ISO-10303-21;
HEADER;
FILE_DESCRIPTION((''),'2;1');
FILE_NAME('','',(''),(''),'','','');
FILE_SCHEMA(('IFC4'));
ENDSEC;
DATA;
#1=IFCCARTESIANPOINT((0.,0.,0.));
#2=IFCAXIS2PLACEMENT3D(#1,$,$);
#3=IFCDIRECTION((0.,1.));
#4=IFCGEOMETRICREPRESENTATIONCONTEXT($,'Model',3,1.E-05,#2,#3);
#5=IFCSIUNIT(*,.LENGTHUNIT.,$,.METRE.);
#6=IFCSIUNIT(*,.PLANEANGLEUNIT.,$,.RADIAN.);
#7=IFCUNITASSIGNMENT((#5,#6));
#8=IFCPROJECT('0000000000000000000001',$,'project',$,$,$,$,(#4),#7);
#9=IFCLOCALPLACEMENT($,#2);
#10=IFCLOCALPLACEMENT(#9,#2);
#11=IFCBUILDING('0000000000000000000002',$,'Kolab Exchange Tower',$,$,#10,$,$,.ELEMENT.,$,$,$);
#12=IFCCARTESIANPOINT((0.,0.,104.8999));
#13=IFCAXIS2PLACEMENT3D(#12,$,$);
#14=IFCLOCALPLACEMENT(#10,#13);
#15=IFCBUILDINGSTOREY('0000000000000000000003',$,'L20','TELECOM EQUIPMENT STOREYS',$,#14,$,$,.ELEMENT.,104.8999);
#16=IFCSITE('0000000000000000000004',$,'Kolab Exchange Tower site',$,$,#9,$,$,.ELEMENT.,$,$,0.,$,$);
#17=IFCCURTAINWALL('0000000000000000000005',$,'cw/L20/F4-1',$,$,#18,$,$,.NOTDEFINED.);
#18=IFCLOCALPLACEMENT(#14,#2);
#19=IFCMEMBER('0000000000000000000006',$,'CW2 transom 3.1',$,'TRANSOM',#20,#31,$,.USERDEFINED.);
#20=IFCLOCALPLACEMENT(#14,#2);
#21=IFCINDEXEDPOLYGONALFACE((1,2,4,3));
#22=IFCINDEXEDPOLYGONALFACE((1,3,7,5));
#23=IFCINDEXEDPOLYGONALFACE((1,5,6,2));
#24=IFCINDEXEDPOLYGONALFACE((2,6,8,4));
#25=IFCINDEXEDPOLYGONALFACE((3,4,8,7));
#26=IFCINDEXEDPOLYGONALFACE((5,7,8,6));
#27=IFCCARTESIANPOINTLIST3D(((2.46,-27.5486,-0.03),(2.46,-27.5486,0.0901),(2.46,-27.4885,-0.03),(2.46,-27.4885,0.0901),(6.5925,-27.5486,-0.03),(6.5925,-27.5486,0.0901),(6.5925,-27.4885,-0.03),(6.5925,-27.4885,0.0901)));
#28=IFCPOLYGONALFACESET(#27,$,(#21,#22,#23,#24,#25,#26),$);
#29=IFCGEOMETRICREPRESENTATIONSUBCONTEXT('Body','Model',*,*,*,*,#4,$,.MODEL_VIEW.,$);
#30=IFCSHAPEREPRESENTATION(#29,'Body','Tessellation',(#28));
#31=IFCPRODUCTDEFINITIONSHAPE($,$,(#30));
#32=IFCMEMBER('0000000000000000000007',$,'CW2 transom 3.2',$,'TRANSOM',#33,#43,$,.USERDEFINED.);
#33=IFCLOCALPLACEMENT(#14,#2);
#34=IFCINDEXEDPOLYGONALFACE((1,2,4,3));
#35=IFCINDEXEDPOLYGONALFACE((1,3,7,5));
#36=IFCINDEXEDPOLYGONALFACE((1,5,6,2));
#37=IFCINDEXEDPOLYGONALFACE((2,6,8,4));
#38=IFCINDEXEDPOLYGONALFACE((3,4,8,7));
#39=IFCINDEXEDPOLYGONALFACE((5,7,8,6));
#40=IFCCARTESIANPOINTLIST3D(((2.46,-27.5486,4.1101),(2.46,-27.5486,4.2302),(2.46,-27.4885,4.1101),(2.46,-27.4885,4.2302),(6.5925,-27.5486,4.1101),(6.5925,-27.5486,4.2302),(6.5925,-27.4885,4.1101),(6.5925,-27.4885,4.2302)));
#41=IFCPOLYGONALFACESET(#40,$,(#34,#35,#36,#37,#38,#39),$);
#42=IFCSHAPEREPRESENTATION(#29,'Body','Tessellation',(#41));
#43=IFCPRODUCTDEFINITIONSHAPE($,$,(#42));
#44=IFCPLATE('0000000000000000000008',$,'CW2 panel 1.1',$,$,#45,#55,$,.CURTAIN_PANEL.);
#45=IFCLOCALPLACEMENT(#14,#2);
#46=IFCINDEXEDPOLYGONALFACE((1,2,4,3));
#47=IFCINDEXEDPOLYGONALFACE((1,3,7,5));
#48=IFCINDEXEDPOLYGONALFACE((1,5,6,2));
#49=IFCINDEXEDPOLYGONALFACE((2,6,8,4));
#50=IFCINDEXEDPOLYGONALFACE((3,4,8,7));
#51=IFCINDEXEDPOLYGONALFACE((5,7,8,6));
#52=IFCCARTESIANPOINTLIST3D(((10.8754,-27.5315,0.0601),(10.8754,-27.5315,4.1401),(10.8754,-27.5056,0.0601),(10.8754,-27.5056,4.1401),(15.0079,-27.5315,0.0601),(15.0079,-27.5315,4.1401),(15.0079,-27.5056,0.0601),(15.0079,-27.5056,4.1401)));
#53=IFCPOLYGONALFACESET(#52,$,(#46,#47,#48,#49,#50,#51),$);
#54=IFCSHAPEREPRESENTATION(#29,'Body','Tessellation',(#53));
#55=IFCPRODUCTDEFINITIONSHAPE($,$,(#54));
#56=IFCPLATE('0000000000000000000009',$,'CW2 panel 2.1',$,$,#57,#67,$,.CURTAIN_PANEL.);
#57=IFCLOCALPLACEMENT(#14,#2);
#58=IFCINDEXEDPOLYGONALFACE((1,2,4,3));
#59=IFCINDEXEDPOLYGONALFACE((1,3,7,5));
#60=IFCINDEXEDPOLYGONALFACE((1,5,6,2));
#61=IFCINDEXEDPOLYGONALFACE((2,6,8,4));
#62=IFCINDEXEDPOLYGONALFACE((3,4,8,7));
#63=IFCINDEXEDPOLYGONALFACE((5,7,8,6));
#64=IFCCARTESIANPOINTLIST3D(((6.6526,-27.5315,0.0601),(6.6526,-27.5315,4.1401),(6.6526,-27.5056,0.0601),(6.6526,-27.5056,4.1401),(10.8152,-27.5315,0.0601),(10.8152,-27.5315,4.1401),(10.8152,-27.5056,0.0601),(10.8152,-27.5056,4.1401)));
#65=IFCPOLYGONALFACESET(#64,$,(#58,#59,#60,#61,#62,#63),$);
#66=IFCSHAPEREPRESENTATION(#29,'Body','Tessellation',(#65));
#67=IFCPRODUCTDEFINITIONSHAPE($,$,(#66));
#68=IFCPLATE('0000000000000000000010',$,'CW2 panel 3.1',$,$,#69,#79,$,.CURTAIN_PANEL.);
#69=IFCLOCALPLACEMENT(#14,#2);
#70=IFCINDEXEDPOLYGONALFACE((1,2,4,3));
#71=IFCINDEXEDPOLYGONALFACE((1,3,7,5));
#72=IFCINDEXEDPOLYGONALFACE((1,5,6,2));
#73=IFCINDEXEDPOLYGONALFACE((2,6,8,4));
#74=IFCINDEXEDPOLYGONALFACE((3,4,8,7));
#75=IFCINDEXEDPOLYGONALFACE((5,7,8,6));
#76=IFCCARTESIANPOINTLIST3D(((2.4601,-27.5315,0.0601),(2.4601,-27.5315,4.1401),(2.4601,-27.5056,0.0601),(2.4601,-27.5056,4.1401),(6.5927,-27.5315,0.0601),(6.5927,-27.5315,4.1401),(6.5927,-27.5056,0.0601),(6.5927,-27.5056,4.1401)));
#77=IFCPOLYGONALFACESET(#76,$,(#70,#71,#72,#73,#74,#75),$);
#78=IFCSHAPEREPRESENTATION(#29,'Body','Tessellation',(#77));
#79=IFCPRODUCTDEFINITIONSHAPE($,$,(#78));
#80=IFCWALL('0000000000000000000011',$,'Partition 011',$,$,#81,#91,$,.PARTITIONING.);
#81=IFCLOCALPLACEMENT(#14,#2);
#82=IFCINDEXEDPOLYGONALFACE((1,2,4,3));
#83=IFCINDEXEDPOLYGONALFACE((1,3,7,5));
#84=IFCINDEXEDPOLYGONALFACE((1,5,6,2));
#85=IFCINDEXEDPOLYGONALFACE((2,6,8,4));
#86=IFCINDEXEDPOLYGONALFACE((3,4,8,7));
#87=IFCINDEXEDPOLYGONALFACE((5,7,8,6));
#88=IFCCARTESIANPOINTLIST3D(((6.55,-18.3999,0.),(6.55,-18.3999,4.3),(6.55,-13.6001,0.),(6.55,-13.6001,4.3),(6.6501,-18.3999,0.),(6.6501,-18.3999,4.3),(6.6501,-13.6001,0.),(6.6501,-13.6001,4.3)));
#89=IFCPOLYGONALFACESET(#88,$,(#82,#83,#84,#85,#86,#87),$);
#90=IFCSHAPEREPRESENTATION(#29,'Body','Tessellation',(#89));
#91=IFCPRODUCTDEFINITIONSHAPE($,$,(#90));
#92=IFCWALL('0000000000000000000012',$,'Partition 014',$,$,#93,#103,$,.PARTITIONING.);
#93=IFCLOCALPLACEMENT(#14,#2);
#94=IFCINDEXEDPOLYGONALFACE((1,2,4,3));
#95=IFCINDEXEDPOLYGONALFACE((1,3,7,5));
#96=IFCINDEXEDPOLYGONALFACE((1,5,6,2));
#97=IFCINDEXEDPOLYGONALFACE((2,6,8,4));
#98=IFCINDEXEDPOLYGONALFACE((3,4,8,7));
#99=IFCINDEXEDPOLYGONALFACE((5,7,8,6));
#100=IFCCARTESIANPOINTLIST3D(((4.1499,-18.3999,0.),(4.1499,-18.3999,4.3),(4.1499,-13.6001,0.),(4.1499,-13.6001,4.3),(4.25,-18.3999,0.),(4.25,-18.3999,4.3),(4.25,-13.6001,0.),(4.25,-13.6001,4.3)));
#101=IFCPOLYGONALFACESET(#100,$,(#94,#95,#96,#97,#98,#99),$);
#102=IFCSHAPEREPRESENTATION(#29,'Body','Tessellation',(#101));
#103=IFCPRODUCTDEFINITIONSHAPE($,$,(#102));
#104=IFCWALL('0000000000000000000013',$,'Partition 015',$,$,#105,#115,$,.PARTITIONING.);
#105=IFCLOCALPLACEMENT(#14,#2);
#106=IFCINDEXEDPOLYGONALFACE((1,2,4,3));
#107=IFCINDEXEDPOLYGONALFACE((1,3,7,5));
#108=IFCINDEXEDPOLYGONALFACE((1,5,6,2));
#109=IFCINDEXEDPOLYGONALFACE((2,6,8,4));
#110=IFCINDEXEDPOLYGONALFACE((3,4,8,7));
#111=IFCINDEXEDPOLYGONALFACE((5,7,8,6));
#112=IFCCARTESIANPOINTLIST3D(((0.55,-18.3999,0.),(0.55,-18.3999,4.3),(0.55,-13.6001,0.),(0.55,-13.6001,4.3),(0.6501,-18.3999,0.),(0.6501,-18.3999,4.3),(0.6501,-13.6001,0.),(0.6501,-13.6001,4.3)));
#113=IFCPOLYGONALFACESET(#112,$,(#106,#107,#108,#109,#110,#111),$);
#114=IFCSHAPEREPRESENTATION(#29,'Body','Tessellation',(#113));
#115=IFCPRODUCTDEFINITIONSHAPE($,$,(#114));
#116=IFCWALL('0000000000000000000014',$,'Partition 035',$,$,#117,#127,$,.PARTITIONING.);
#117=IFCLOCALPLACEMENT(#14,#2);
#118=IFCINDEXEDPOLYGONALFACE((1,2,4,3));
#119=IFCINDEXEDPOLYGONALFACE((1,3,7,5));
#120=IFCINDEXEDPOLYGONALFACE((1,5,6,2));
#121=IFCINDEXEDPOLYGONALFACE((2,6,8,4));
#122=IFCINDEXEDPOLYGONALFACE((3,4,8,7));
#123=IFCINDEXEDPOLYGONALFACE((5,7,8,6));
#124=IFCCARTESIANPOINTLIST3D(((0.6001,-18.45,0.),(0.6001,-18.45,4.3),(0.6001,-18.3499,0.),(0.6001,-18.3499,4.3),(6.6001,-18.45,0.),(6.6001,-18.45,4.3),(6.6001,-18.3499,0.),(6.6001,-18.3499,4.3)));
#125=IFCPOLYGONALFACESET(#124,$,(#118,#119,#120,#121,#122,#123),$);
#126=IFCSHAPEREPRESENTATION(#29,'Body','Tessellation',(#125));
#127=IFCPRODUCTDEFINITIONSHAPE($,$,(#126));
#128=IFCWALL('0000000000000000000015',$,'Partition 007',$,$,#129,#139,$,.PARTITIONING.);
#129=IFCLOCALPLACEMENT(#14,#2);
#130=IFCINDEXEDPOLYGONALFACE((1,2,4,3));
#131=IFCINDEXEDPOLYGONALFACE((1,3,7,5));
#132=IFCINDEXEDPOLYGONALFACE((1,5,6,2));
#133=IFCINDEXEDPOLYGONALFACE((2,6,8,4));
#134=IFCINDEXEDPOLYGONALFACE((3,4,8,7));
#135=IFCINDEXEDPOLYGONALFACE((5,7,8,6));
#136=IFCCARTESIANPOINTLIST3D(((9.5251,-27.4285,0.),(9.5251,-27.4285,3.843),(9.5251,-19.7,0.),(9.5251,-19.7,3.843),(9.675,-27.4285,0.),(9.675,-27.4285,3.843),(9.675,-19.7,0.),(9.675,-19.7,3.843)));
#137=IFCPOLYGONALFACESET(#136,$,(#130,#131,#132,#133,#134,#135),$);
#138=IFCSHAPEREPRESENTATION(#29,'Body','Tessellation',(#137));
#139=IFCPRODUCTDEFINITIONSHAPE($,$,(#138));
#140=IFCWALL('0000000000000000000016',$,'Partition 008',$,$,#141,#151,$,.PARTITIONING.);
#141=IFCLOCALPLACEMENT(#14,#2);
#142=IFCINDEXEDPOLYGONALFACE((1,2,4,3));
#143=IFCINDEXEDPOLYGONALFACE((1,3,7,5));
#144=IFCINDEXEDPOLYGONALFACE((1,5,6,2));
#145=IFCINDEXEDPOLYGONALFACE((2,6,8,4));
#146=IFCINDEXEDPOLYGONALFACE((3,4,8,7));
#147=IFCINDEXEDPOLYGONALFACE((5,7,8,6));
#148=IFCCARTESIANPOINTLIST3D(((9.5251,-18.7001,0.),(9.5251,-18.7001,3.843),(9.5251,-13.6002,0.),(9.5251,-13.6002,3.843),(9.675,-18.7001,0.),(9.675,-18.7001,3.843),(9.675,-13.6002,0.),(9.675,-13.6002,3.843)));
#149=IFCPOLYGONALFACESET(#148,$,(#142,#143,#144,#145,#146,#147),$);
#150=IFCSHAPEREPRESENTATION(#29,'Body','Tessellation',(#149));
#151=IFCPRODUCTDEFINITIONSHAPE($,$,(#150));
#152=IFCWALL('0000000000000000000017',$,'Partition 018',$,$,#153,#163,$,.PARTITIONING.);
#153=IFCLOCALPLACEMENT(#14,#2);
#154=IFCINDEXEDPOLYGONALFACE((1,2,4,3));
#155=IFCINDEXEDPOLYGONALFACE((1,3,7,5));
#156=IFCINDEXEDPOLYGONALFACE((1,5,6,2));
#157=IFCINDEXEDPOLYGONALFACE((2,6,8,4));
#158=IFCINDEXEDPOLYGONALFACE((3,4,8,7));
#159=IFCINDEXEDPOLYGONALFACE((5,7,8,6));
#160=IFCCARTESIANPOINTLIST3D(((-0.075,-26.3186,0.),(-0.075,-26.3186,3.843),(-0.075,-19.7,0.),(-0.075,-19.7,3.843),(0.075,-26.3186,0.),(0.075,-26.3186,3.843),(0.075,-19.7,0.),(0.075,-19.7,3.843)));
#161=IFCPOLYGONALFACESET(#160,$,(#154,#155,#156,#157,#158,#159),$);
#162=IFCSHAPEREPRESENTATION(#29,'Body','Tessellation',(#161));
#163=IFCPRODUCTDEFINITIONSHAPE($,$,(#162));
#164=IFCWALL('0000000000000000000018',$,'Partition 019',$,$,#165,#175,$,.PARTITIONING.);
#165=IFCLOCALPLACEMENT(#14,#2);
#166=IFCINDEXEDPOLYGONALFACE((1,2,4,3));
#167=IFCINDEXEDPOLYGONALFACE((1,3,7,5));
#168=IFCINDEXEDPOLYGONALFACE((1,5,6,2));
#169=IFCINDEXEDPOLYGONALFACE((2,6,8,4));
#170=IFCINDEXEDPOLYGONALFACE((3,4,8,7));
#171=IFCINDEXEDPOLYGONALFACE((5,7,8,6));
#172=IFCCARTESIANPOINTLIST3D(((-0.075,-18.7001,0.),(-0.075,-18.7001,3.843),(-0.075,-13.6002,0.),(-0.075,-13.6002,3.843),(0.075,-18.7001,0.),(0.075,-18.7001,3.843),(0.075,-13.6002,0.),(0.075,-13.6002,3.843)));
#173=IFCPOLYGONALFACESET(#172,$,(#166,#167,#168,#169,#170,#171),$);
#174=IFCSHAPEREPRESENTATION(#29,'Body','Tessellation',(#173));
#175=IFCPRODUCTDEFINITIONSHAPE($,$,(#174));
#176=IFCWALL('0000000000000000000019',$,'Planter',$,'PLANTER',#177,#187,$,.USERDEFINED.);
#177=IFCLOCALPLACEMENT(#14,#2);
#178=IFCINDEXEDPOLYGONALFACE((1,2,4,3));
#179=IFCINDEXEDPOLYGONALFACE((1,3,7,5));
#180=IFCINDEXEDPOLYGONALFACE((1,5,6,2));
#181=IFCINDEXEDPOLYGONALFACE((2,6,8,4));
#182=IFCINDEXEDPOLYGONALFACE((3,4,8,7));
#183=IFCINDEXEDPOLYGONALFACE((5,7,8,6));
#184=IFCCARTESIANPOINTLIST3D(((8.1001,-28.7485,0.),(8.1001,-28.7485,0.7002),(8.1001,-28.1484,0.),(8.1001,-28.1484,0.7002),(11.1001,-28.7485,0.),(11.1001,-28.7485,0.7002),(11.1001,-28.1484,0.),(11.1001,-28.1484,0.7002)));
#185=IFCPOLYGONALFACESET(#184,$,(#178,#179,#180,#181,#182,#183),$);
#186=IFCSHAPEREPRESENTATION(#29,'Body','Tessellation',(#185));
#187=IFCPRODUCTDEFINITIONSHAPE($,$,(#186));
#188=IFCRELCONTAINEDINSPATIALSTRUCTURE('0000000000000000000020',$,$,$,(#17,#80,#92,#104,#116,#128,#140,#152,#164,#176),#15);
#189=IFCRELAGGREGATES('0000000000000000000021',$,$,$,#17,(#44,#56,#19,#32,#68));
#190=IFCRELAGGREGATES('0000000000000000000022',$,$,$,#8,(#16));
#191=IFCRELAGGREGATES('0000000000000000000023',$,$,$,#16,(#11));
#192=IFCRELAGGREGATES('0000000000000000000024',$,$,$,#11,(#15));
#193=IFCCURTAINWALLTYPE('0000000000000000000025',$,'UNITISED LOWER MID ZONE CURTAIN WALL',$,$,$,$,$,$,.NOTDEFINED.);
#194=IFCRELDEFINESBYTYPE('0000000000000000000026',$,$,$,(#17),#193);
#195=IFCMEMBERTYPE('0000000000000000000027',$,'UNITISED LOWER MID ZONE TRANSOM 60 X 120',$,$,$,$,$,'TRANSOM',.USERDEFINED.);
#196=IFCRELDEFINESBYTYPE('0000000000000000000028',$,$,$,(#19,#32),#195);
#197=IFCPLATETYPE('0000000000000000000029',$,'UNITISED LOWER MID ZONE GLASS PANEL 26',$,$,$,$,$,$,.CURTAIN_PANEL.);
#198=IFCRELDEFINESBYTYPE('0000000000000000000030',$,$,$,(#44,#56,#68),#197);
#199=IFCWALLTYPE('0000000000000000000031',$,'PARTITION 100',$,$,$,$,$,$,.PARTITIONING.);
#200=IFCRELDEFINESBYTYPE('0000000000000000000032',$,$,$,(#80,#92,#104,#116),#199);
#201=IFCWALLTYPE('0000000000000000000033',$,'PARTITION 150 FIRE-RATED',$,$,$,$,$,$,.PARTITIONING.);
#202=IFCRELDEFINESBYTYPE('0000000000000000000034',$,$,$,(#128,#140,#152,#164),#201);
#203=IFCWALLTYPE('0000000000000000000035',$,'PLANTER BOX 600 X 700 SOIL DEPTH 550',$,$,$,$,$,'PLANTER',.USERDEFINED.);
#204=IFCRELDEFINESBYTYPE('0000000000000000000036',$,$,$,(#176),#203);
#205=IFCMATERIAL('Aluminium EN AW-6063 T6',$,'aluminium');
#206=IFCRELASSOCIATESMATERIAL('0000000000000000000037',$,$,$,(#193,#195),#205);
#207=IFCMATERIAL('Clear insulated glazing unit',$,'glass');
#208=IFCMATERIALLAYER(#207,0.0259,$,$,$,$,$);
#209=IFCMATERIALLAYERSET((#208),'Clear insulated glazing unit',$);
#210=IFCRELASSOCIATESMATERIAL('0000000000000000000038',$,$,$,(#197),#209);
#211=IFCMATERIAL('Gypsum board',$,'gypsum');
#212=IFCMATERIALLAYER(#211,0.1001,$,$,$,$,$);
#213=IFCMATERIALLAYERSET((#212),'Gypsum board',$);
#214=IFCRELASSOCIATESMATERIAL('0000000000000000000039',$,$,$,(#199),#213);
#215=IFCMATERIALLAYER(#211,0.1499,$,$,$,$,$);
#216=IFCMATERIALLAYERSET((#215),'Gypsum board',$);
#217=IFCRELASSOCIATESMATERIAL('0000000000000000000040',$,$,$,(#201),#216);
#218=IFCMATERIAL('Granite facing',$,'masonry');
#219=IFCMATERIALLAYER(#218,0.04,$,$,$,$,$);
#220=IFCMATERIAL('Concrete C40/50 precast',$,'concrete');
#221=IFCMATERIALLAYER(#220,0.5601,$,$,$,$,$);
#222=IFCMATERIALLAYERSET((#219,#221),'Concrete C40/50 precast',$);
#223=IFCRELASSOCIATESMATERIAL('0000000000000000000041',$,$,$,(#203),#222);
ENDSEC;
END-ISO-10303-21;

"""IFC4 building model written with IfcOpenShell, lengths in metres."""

from ifc_helpers import new_model, si_unit, direction, frame, frame_2d, origin, origin_2d, place, context, subcontext, project, spatial, rectangle, extrude, material, layer, layer_set, material_profile, profile_set, type_object, element, aggregate, save


model = new_model("IFC4")

# Units and contexts
model_context = context("Model", 3, precision=1e-05, world=origin(), true_north=direction((0.0, 1.0)))
body_context = subcontext(model_context, "Body", "Model", "MODEL_VIEW")
ifc_project = project(units=[si_unit("LENGTHUNIT", "METRE"), si_unit("PLANEANGLEUNIT", "RADIAN")], contexts=[model_context])

# Site, building, storey
site_placement = place(None, origin())
site = spatial("IfcSite", under=ifc_project, at=site_placement, Name="Kolab Exchange Tower site", CompositionType="ELEMENT", RefElevation=0.0)
building_placement = place(site_placement, origin())
building = spatial("IfcBuilding", under=site, at=building_placement, Name="Kolab Exchange Tower", CompositionType="ELEMENT")
storey_placement = place(building_placement, frame((0.0, 0.0, 104.8999)))
storey = spatial("IfcBuildingStorey", under=building, at=storey_placement, Name="L20", Description="TELECOM EQUIPMENT STOREYS", CompositionType="ELEMENT", Elevation=104.8999)

# Curtain wall, members, plates
ifc_material_1 = material(Name="Aluminium EN AW-6063 T6", Category="aluminium")
curtain_wall_type = type_object("IfcCurtainWallType", Name="UNITISED LOWER MID ZONE CURTAIN WALL", PredefinedType="NOTDEFINED", material=ifc_material_1)
curtain_wall_placement = place(storey_placement, origin())
curtain_wall = element("IfcCurtainWall", 1, at=curtain_wall_placement, inside=storey, type_object=curtain_wall_type, Name="cw/L20/F4-1", PredefinedType="NOTDEFINED")
ifc_material_profile_1 = material_profile(ifc_material_1, rectangle(XDim=0.0601, YDim=0.1201, at=origin_2d()), Name="RECT 60X120")
ifc_profile_set_1 = profile_set([ifc_material_profile_1], Name="Aluminium EN AW-6063 T6")
member_type_1 = type_object("IfcMemberType", Name="UNITISED LOWER MID ZONE TRANSOM 60 X 120", ElementType="TRANSOM", PredefinedType="USERDEFINED", material=ifc_profile_set_1)
member_1_placement = place(storey_placement, frame((6.5925, -27.5186, 0.03), z_axis=(-1.0, 0.0, 0.0), x_axis=(0.0, -1.0, 0.0)))
member_1 = element("IfcMember", 2, at=member_1_placement, type_object=member_type_1, Name="CW2 transom 3.1", ObjectType="TRANSOM", PredefinedType="USERDEFINED", context=body_context, shape_type="SweptSolid", body=[
    extrude(rectangle(XDim=0.0601, YDim=0.1201, at=origin_2d()), origin(), (0.0, 0.0, 1.0), 4.1326),
])
member_2_placement = place(storey_placement, frame((6.5925, -27.5186, 4.1702), z_axis=(-1.0, 0.0, 0.0), x_axis=(0.0, -1.0, 0.0)))
member_2 = element("IfcMember", 3, at=member_2_placement, type_object=member_type_1, Name="CW2 transom 3.2", ObjectType="TRANSOM", PredefinedType="USERDEFINED", context=body_context, shape_type="SweptSolid", body=[
    extrude(rectangle(XDim=0.0601, YDim=0.1201, at=origin_2d()), origin(), (0.0, 0.0, 1.0), 4.1326),
])
ifc_material_2 = material(Name="Clear insulated glazing unit", Category="glass")
ifc_layer_1 = layer(ifc_material_2, 0.0259)
ifc_layer_set_1 = layer_set([ifc_layer_1], Name="Clear insulated glazing unit")
plate_type = type_object("IfcPlateType", Name="UNITISED LOWER MID ZONE GLASS PANEL 26", PredefinedType="CURTAIN_PANEL", material=ifc_layer_set_1)
plate_1_placement = place(storey_placement, frame((12.9417, -27.5186, 0.0601), z_axis=(0.0, 0.0, 1.0), x_axis=(-1.0, 0.0, 0.0)))
plate_1 = element("IfcPlate", 4, at=plate_1_placement, type_object=plate_type, Name="CW2 panel 1.1", PredefinedType="CURTAIN_PANEL", context=body_context, shape_type="SweptSolid", body=[
    extrude(rectangle(XDim=4.1326, YDim=0.0259, at=origin_2d()), origin(), (0.0, 0.0, 1.0), 4.0801),
])
plate_2_placement = place(storey_placement, frame((8.7339, -27.5186, 0.0601), z_axis=(0.0, 0.0, 1.0), x_axis=(-1.0, 0.0, 0.0)))
plate_2 = element("IfcPlate", 5, at=plate_2_placement, type_object=plate_type, Name="CW2 panel 2.1", PredefinedType="CURTAIN_PANEL", context=body_context, shape_type="SweptSolid", body=[
    extrude(rectangle(XDim=4.1626, YDim=0.0259, at=origin_2d()), origin(), (0.0, 0.0, 1.0), 4.0801),
])
plate_3_placement = place(storey_placement, frame((4.5264, -27.5186, 0.0601), z_axis=(0.0, 0.0, 1.0), x_axis=(-1.0, 0.0, 0.0)))
plate_3 = element("IfcPlate", 6, at=plate_3_placement, type_object=plate_type, Name="CW2 panel 3.1", PredefinedType="CURTAIN_PANEL", context=body_context, shape_type="SweptSolid", body=[
    extrude(rectangle(XDim=4.1326, YDim=0.0259, at=origin_2d()), origin(), (0.0, 0.0, 1.0), 4.0801),
])
aggregate(curtain_wall, [plate_1, plate_2, member_1, member_2, plate_3])

# Walls
ifc_material_3 = material(Name="Gypsum board", Category="gypsum")
ifc_layer_2 = layer(ifc_material_3, 0.1001)
ifc_layer_set_2 = layer_set([ifc_layer_2], Name="Gypsum board")
wall_type_1 = type_object("IfcWallType", Name="PARTITION 100", PredefinedType="PARTITIONING", material=ifc_layer_set_2)
for number, where, z_axis, x_axis, name in (
    (7, (6.6001, -18.3999, 0.0), (0.0, 0.0, 1.0), (0.0, 1.0, 0.0), "Partition 011"),
    (8, (4.2, -18.3999, 0.0), (0.0, 0.0, 1.0), (0.0, 1.0, 0.0), "Partition 014"),
    (9, (0.6001, -18.3999, 0.0), (0.0, 0.0, 1.0), (0.0, 1.0, 0.0), "Partition 015"),
):
    element("IfcWall", number, at=place(storey_placement, frame(where, z_axis=z_axis, x_axis=x_axis)), inside=storey, type_object=wall_type_1, Name=name, PredefinedType="PARTITIONING", context=body_context, shape_type="SweptSolid", body=[
        extrude(rectangle(XDim=4.7998, YDim=0.1001, at=frame_2d((2.3999, 0.0))), origin(), (0.0, 0.0, 1.0), 4.3),
    ])
wall_1_placement = place(storey_placement, frame((0.6001, -18.3999, 0.0), z_axis=(0.0, 0.0, 1.0), x_axis=(1.0, 0.0, 0.0)))
element("IfcWall", 10, at=wall_1_placement, inside=storey, type_object=wall_type_1, Name="Partition 035", PredefinedType="PARTITIONING", context=body_context, shape_type="SweptSolid", body=[
    extrude(rectangle(XDim=6.0, YDim=0.1001, at=frame_2d((3.0, 0.0))), origin(), (0.0, 0.0, 1.0), 4.3),
])
ifc_layer_3 = layer(ifc_material_3, 0.1499)
ifc_layer_set_3 = layer_set([ifc_layer_3], Name="Gypsum board")
wall_type_2 = type_object("IfcWallType", Name="PARTITION 150 FIRE-RATED", PredefinedType="PARTITIONING", material=ifc_layer_set_3)
wall_2_placement = place(storey_placement, frame((9.6001, -27.4285, 0.0), z_axis=(0.0, 0.0, 1.0), x_axis=(0.0, 1.0, 0.0)))
element("IfcWall", 11, at=wall_2_placement, inside=storey, type_object=wall_type_2, Name="Partition 007", PredefinedType="PARTITIONING", context=body_context, shape_type="SweptSolid", body=[
    extrude(rectangle(XDim=7.7285, YDim=0.1499, at=frame_2d((3.8643, 0.0))), origin(), (0.0, 0.0, 1.0), 3.843),
])
wall_3_placement = place(storey_placement, frame((9.6001, -18.7, 0.0), z_axis=(0.0, 0.0, 1.0), x_axis=(0.0, 1.0, 0.0)))
element("IfcWall", 12, at=wall_3_placement, inside=storey, type_object=wall_type_2, Name="Partition 008", PredefinedType="PARTITIONING", context=body_context, shape_type="SweptSolid", body=[
    extrude(rectangle(XDim=5.0999, YDim=0.1499, at=frame_2d((2.5498, 0.0))), origin(), (0.0, 0.0, 1.0), 3.843),
])
wall_4_placement = place(storey_placement, frame((0.0, -26.3186, 0.0), z_axis=(0.0, 0.0, 1.0), x_axis=(0.0, 1.0, 0.0)))
element("IfcWall", 13, at=wall_4_placement, inside=storey, type_object=wall_type_2, Name="Partition 018", PredefinedType="PARTITIONING", context=body_context, shape_type="SweptSolid", body=[
    extrude(rectangle(XDim=6.6187, YDim=0.1499, at=frame_2d((3.3093, 0.0))), origin(), (0.0, 0.0, 1.0), 3.843),
])
wall_5_placement = place(storey_placement, frame((0.0, -18.7, 0.0), z_axis=(0.0, 0.0, 1.0), x_axis=(0.0, 1.0, 0.0)))
element("IfcWall", 14, at=wall_5_placement, inside=storey, type_object=wall_type_2, Name="Partition 019", PredefinedType="PARTITIONING", context=body_context, shape_type="SweptSolid", body=[
    extrude(rectangle(XDim=5.0999, YDim=0.1499, at=frame_2d((2.5498, 0.0))), origin(), (0.0, 0.0, 1.0), 3.843),
])
ifc_material_4 = material(Name="Granite facing", Category="masonry")
ifc_layer_4 = layer(ifc_material_4, 0.04)
ifc_material_5 = material(Name="Concrete C40/50 precast", Category="concrete")
ifc_layer_5 = layer(ifc_material_5, 0.5601)
ifc_layer_set_4 = layer_set([ifc_layer_4, ifc_layer_5], Name="Concrete C40/50 precast")
wall_type_3 = type_object("IfcWallType", Name="PLANTER BOX 600 X 700 SOIL DEPTH 550", ElementType="PLANTER", PredefinedType="USERDEFINED", material=ifc_layer_set_4)
wall_6_placement = place(storey_placement, frame((11.1001, -28.4485, 0.0), z_axis=(0.0, 0.0, 1.0), x_axis=(-1.0, 0.0, 0.0)))
element("IfcWall", 15, at=wall_6_placement, inside=storey, type_object=wall_type_3, Name="Planter", ObjectType="PLANTER", PredefinedType="USERDEFINED", context=body_context, shape_type="SweptSolid", body=[
    extrude(rectangle(XDim=3.0, YDim=0.6001, at=frame_2d((1.5, 0.0))), origin(), (0.0, 0.0, 1.0), 0.7002),
])

save(model, "model.ifc")
